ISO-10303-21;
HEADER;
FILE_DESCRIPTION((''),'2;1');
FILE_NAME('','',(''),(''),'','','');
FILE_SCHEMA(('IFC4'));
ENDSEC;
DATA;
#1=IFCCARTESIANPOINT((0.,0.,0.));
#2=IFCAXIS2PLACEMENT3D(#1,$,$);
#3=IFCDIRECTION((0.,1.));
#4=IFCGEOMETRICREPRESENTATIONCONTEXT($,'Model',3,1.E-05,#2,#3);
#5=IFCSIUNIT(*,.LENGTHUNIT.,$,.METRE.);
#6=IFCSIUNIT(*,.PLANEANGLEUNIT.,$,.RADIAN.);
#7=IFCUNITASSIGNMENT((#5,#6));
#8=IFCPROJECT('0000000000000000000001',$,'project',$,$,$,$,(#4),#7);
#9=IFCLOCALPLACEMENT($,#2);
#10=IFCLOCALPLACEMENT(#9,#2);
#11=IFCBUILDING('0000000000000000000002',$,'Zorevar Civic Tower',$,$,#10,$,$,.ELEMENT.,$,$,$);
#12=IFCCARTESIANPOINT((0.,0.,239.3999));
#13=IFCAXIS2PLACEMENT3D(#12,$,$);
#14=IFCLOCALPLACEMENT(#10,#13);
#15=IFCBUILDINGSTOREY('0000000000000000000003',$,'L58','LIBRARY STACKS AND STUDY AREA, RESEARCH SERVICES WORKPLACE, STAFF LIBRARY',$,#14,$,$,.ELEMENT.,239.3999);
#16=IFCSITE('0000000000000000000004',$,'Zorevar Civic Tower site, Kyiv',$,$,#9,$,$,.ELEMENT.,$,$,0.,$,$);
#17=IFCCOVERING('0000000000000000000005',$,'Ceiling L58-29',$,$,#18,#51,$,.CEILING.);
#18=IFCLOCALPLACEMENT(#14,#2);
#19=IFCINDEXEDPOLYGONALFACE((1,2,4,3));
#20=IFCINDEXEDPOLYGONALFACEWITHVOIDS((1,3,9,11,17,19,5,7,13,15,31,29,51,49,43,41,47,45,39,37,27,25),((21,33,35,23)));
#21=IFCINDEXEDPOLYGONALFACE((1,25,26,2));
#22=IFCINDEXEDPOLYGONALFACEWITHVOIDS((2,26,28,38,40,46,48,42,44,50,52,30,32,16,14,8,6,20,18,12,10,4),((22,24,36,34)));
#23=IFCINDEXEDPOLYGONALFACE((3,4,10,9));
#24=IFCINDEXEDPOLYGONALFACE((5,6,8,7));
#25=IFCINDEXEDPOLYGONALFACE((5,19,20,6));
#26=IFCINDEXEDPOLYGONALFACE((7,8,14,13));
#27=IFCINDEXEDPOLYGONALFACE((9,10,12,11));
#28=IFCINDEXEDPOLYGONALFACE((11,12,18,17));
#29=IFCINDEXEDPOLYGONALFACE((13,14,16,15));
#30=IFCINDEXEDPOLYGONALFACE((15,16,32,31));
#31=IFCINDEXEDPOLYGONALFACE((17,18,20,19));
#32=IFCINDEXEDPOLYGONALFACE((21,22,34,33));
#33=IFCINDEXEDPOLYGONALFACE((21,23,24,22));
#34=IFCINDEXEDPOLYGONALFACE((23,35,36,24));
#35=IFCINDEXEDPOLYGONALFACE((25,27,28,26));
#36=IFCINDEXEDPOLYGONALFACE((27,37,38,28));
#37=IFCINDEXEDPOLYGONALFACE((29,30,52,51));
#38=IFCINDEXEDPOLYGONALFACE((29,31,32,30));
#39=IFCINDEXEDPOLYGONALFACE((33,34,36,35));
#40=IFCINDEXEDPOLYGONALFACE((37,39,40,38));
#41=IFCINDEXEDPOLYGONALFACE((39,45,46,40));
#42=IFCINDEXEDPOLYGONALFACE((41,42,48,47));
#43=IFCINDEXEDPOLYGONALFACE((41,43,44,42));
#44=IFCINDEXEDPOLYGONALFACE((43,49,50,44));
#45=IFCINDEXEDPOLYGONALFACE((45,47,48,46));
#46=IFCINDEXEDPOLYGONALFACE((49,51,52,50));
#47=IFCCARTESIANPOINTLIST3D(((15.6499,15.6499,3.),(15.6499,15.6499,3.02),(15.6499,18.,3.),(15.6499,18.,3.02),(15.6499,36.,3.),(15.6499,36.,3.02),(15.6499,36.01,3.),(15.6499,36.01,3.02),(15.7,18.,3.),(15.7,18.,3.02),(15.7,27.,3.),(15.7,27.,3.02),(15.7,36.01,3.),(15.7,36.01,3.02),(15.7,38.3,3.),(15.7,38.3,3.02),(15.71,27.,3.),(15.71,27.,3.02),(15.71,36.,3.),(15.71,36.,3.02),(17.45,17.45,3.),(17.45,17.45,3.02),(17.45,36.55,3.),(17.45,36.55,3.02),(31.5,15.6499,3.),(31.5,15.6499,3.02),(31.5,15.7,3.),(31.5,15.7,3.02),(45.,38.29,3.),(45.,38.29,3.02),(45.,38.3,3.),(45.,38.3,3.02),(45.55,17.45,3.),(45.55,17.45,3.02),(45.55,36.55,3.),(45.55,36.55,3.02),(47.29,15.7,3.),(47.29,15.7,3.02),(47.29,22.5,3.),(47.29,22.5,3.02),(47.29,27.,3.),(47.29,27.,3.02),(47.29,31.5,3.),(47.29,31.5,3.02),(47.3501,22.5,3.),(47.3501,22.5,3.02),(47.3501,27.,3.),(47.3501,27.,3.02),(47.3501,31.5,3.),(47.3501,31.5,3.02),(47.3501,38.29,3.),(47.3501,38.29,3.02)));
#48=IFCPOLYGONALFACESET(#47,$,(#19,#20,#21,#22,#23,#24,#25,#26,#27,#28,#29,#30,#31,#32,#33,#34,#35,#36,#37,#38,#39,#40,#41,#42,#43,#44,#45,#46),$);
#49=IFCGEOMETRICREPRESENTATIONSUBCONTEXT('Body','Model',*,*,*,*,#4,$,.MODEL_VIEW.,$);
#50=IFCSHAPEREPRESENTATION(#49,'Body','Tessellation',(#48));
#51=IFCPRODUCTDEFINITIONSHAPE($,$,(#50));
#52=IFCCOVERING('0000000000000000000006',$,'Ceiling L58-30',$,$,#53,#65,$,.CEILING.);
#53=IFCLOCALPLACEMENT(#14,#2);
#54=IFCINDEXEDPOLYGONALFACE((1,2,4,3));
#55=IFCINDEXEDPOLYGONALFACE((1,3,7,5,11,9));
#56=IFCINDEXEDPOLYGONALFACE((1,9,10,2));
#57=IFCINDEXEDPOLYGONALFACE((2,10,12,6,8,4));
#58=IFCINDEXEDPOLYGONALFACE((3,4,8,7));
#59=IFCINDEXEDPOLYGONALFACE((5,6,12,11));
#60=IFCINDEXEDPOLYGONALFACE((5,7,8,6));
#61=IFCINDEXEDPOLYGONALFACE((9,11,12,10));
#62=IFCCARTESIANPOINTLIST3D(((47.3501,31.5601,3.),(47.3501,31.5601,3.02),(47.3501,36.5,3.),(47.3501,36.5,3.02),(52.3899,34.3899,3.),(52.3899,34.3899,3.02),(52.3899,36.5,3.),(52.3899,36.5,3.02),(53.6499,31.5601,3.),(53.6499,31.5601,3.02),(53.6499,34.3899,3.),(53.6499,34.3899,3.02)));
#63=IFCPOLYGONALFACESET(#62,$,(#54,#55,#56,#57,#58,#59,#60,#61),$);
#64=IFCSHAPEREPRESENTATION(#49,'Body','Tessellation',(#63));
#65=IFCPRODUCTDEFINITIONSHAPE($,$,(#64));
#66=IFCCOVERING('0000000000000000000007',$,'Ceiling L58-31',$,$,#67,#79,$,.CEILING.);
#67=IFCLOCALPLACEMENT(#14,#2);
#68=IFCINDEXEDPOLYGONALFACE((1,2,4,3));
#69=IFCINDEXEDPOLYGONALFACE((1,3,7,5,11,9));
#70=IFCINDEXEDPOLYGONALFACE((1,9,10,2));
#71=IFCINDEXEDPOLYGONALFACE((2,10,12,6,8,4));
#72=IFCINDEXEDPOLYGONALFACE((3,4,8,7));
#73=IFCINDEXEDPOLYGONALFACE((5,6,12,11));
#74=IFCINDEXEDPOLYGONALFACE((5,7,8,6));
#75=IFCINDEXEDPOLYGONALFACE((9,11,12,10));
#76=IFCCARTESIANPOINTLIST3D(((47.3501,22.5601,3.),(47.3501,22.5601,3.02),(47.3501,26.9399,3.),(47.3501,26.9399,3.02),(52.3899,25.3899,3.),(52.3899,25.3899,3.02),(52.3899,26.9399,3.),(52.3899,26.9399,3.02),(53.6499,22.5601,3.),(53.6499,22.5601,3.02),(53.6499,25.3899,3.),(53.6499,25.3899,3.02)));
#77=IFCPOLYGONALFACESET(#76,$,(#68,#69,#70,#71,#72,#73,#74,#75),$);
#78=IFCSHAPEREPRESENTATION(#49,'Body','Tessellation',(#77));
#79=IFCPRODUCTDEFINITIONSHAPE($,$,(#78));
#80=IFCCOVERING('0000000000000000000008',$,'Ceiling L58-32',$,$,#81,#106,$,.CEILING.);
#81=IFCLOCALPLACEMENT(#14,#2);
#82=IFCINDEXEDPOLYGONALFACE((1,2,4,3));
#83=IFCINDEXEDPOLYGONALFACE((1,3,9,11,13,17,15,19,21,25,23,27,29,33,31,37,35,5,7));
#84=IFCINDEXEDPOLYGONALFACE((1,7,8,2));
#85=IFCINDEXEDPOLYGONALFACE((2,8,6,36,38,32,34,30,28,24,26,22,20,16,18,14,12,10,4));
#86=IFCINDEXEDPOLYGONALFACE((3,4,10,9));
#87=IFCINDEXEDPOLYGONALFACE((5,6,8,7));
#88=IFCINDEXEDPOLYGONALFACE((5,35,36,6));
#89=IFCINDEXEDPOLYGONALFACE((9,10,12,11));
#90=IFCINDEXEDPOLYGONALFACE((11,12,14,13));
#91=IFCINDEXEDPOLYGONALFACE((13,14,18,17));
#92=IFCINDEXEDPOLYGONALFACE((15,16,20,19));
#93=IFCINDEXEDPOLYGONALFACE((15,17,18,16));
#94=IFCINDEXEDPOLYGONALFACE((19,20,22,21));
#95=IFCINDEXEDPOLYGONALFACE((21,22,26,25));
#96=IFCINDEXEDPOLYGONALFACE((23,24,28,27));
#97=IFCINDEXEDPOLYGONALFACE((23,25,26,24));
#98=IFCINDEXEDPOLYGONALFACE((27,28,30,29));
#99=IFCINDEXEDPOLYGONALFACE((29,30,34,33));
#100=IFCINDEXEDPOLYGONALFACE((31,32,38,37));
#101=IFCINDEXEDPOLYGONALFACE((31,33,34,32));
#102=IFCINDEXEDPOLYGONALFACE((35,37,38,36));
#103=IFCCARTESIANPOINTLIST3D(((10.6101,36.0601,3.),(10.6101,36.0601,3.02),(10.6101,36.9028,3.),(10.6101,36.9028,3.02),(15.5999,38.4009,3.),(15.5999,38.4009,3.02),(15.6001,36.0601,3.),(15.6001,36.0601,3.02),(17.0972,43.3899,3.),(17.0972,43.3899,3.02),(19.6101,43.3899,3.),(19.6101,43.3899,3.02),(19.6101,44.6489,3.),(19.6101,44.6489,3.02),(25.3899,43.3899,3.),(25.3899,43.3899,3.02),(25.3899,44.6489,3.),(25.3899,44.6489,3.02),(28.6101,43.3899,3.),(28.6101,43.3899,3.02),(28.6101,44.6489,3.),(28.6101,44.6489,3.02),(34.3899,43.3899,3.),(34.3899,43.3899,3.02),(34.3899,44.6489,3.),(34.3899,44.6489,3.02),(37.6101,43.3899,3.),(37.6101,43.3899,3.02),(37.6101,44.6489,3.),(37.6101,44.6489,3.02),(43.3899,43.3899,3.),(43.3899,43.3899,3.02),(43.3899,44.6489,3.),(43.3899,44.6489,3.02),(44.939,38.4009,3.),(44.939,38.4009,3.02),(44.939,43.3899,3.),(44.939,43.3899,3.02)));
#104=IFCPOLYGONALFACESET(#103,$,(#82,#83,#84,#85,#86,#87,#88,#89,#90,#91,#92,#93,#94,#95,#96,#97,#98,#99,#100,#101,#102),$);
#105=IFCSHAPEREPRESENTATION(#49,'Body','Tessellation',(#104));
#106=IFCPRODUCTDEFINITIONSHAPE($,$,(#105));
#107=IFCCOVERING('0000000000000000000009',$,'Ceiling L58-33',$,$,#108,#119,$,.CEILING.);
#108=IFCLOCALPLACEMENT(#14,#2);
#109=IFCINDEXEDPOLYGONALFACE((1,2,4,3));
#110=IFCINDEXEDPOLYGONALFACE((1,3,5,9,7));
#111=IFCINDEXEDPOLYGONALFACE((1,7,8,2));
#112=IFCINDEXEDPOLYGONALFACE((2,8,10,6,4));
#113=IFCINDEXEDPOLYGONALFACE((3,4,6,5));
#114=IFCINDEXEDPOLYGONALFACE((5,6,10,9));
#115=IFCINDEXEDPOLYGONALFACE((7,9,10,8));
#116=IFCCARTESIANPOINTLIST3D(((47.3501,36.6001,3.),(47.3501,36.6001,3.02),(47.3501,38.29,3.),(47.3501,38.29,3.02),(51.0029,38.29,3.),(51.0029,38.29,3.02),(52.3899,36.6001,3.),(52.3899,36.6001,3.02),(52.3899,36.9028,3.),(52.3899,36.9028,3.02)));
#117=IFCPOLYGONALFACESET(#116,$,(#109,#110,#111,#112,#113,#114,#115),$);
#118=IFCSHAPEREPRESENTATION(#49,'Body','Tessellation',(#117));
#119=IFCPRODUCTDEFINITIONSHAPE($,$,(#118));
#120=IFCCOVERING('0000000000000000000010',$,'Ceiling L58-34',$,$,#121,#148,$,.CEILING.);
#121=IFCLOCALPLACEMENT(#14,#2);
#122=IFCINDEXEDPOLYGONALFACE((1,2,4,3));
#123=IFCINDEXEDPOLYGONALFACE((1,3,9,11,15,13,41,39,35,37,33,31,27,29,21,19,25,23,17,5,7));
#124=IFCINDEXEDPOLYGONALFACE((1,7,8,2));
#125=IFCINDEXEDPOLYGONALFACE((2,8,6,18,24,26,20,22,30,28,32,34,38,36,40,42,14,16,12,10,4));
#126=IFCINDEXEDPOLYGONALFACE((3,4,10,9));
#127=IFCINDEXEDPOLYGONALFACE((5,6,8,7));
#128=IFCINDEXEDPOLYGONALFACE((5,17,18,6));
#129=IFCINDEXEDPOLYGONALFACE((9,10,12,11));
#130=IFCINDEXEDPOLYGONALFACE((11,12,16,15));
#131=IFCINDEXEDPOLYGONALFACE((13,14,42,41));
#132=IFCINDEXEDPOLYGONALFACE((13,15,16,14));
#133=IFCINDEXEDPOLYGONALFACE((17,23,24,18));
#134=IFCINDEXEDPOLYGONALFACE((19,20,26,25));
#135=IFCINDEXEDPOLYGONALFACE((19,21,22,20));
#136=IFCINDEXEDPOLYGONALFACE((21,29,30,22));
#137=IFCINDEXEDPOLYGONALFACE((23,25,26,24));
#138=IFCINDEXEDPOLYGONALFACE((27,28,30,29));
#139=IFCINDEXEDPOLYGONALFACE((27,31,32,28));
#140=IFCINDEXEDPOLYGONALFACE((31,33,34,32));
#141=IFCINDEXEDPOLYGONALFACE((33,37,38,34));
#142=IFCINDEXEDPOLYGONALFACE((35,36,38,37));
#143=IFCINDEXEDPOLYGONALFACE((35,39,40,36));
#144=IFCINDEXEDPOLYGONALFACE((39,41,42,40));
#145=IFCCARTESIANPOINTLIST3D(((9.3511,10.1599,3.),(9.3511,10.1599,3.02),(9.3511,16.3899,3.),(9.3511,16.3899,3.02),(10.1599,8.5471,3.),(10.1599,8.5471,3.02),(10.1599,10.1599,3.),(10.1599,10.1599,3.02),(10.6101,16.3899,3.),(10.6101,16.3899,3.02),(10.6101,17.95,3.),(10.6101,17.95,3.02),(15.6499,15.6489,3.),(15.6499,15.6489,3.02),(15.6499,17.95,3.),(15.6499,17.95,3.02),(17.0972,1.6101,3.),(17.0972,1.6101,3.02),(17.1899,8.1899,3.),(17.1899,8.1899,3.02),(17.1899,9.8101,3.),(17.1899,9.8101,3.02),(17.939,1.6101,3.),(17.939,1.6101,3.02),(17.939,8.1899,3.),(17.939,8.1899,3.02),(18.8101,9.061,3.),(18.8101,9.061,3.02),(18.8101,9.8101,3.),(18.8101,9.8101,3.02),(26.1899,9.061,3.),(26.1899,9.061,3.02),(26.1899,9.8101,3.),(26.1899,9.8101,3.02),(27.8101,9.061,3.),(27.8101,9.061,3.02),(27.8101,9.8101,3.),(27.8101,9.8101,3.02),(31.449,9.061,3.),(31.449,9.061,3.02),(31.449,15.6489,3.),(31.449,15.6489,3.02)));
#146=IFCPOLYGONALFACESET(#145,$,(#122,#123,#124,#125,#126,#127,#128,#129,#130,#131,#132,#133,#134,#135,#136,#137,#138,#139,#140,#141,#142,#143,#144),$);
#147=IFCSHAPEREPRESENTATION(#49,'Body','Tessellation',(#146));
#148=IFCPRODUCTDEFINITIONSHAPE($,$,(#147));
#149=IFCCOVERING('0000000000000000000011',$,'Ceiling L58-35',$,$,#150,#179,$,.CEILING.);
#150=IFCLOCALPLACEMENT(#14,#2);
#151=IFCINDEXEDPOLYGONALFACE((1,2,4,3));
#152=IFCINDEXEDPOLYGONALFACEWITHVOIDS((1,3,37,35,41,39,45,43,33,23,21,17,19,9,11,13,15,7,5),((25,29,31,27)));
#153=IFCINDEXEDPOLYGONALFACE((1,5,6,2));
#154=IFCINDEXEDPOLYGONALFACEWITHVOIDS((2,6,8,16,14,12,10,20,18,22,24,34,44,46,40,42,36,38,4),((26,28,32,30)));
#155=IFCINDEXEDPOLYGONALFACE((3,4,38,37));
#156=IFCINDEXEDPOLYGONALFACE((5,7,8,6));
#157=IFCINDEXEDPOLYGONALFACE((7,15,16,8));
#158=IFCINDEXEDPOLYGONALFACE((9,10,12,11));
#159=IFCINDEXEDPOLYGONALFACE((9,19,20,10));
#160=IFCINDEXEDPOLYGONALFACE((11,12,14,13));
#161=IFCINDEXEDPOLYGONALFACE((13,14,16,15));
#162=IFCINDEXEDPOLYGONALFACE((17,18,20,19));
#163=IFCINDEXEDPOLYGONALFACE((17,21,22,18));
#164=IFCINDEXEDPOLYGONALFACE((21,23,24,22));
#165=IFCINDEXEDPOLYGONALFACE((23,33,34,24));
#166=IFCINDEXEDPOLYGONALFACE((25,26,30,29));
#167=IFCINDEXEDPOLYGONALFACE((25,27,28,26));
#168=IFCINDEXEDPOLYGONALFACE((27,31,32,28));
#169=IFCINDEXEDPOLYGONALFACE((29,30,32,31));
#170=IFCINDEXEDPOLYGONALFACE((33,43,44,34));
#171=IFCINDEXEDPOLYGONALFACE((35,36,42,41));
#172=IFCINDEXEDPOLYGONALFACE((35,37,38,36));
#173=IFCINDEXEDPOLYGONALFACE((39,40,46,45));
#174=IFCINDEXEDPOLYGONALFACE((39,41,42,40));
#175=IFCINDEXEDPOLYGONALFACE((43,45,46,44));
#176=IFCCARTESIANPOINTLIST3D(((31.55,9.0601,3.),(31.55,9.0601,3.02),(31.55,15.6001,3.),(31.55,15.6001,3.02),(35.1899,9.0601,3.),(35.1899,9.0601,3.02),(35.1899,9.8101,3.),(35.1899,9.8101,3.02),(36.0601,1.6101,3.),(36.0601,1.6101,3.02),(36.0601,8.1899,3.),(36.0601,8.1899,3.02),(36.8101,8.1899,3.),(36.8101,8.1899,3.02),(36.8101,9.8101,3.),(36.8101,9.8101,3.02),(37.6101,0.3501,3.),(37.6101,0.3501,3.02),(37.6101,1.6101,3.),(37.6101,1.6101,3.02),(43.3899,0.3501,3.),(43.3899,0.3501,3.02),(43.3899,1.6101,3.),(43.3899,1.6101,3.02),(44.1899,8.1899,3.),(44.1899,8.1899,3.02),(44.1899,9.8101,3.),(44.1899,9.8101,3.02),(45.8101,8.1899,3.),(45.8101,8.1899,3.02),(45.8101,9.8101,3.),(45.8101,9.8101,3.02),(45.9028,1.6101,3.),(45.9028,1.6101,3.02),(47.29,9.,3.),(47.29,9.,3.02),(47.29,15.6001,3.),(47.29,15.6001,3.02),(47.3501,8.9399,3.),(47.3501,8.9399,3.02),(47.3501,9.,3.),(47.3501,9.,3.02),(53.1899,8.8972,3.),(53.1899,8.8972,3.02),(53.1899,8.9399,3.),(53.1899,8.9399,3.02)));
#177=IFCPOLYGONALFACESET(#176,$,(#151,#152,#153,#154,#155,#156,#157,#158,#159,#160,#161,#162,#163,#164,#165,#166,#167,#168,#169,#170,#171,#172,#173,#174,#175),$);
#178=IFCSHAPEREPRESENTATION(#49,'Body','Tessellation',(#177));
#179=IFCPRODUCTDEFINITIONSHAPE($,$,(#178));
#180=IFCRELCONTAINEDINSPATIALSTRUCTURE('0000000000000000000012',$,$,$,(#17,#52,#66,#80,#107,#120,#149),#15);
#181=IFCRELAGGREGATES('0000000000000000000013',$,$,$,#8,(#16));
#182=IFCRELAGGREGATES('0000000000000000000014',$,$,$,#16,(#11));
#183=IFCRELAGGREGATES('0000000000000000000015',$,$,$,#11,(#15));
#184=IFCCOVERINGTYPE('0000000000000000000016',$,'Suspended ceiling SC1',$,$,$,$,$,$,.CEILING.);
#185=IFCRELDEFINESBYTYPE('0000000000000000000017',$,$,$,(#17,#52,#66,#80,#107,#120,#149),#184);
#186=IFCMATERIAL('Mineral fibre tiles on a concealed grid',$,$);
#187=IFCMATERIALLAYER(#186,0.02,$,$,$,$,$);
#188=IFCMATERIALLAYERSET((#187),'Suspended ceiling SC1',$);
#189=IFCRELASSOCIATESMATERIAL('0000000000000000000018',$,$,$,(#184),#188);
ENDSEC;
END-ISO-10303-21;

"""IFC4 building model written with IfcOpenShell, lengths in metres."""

from ifc_helpers import new_model, si_unit, direction, frame, origin, place, context, subcontext, project, spatial, polyline, outline, extrude, material, layer, layer_set, type_object, element, save


model = new_model("IFC4")

# Units and contexts
model_context = context("Model", 3, precision=1e-05, world=origin(), true_north=direction((0.0, 1.0)))
body_context = subcontext(model_context, "Body", "Model", "MODEL_VIEW")
ifc_project = project(units=[si_unit("LENGTHUNIT", "METRE"), si_unit("PLANEANGLEUNIT", "RADIAN")], contexts=[model_context])

# Site, building, storey
site_placement = place(None, origin())
site = spatial("IfcSite", under=ifc_project, at=site_placement, Name="Zorevar Civic Tower site, Kyiv", CompositionType="ELEMENT", RefElevation=0.0)
building_placement = place(site_placement, origin())
building = spatial("IfcBuilding", under=site, at=building_placement, Name="Zorevar Civic Tower", CompositionType="ELEMENT")
storey_placement = place(building_placement, frame((0.0, 0.0, 239.3999)))
storey = spatial("IfcBuildingStorey", under=building, at=storey_placement, Name="L58", Description="LIBRARY STACKS AND STUDY AREA, RESEARCH SERVICES WORKPLACE, STAFF LIBRARY", CompositionType="ELEMENT", Elevation=239.3999)

# Coverings
ifc_material_1 = material(Name="Mineral fibre tiles on a concealed grid")
ifc_layer_1 = layer(ifc_material_1, 0.02)
ifc_layer_set_1 = layer_set([ifc_layer_1], Name="Suspended ceiling SC1")
covering_type_1 = type_object("IfcCoveringType", Name="Suspended ceiling SC1", PredefinedType="CEILING", material=ifc_layer_set_1)
covering_1_placement = place(storey_placement, frame((0.0, 0.0, 3.0)))
element("IfcCovering", 1, at=covering_1_placement, inside=storey, type_object=covering_type_1, Name="Ceiling L58-29", PredefinedType="CEILING", context=body_context, shape_type="SweptSolid", body=[
    extrude(outline(polyline([(15.6499, 15.6499), (15.6499, 18.0), (15.7, 18.0), (15.7, 27.0), (15.71, 27.0), (15.71, 36.0), (15.6499, 36.0), (15.6499, 36.01), (15.7, 36.01), (15.7, 38.3), (45.0, 38.3), (45.0, 38.29), (47.3501, 38.29), (47.3501, 31.5), (47.29, 31.5), (47.29, 27.0), (47.3501, 27.0), (47.3501, 22.5), (47.29, 22.5), (47.29, 15.7), (31.5, 15.7), (31.5, 15.6499), (15.6499, 15.6499)]), holes=[polyline([(17.45, 36.55), (17.45, 17.45), (45.55, 17.45), (45.55, 36.55), (17.45, 36.55)])]), origin(), (0.0, 0.0, 1.0), 0.02),
])
covering_2_placement = place(storey_placement, frame((0.0, 0.0, 3.0)))
element("IfcCovering", 2, at=covering_2_placement, inside=storey, type_object=covering_type_1, Name="Ceiling L58-30", PredefinedType="CEILING", context=body_context, shape_type="SweptSolid", body=[
    extrude(outline(polyline([(47.3501, 31.5601), (47.3501, 36.5), (52.3899, 36.5), (52.3899, 34.3899), (53.6499, 34.3899), (53.6499, 31.5601), (47.3501, 31.5601)])), origin(), (0.0, 0.0, 1.0), 0.02),
])
covering_3_placement = place(storey_placement, frame((0.0, 0.0, 3.0)))
element("IfcCovering", 3, at=covering_3_placement, inside=storey, type_object=covering_type_1, Name="Ceiling L58-31", PredefinedType="CEILING", context=body_context, shape_type="SweptSolid", body=[
    extrude(outline(polyline([(52.3899, 26.9399), (52.3899, 25.3899), (53.6499, 25.3899), (53.6499, 22.5601), (47.3501, 22.5601), (47.3501, 26.9399), (52.3899, 26.9399)])), origin(), (0.0, 0.0, 1.0), 0.02),
])
covering_4_placement = place(storey_placement, frame((0.0, 0.0, 3.0)))
element("IfcCovering", 4, at=covering_4_placement, inside=storey, type_object=covering_type_1, Name="Ceiling L58-32", PredefinedType="CEILING", context=body_context, shape_type="SweptSolid", body=[
    extrude(outline(polyline([(19.6101, 43.3899), (19.6101, 44.6489), (25.3899, 44.6489), (25.3899, 43.3899), (28.6101, 43.3899), (28.6101, 44.6489), (34.3899, 44.6489), (34.3899, 43.3899), (37.6101, 43.3899), (37.6101, 44.6489), (43.3899, 44.6489), (43.3899, 43.3899), (44.939, 43.3899), (44.939, 38.4009), (15.5999, 38.4009), (15.6001, 36.0601), (10.6101, 36.0601), (10.6101, 36.9028), (17.0972, 43.3899), (19.6101, 43.3899)])), origin(), (0.0, 0.0, 1.0), 0.02),
])
covering_5_placement = place(storey_placement, frame((0.0, 0.0, 3.0)))
element("IfcCovering", 5, at=covering_5_placement, inside=storey, type_object=covering_type_1, Name="Ceiling L58-33", PredefinedType="CEILING", context=body_context, shape_type="SweptSolid", body=[
    extrude(outline(polyline([(52.3899, 36.6001), (47.3501, 36.6001), (47.3501, 38.29), (51.0029, 38.29), (52.3899, 36.9028), (52.3899, 36.6001)])), origin(), (0.0, 0.0, 1.0), 0.02),
])
covering_6_placement = place(storey_placement, frame((0.0, 0.0, 3.0)))
element("IfcCovering", 6, at=covering_6_placement, inside=storey, type_object=covering_type_1, Name="Ceiling L58-34", PredefinedType="CEILING", context=body_context, shape_type="SweptSolid", body=[
    extrude(outline(polyline([(18.8101, 9.8101), (17.1899, 9.8101), (17.1899, 8.1899), (17.939, 8.1899), (17.939, 1.6101), (17.0972, 1.6101), (10.1599, 8.5471), (10.1599, 10.1599), (9.3511, 10.1599), (9.3511, 16.3899), (10.6101, 16.3899), (10.6101, 17.95), (15.6499, 17.95), (15.6499, 15.6489), (31.449, 15.6489), (31.449, 9.061), (27.8101, 9.061), (27.8101, 9.8101), (26.1899, 9.8101), (26.1899, 9.061), (18.8101, 9.061), (18.8101, 9.8101)])), origin(), (0.0, 0.0, 1.0), 0.02),
])
covering_7_placement = place(storey_placement, frame((0.0, 0.0, 3.0)))
element("IfcCovering", 7, at=covering_7_placement, inside=storey, type_object=covering_type_1, Name="Ceiling L58-35", PredefinedType="CEILING", context=body_context, shape_type="SweptSolid", body=[
    extrude(outline(polyline([(43.3899, 1.6101), (43.3899, 0.3501), (37.6101, 0.3501), (37.6101, 1.6101), (36.0601, 1.6101), (36.0601, 8.1899), (36.8101, 8.1899), (36.8101, 9.8101), (35.1899, 9.8101), (35.1899, 9.0601), (31.55, 9.0601), (31.55, 15.6001), (47.29, 15.6001), (47.29, 9.0), (47.3501, 9.0), (47.3501, 8.9399), (53.1899, 8.9399), (53.1899, 8.8972), (45.9028, 1.6101), (43.3899, 1.6101)]), holes=[polyline([(44.1899, 8.1899), (45.8101, 8.1899), (45.8101, 9.8101), (44.1899, 9.8101), (44.1899, 8.1899)])]), origin(), (0.0, 0.0, 1.0), 0.02),
])

save(model, "model.ifc")
